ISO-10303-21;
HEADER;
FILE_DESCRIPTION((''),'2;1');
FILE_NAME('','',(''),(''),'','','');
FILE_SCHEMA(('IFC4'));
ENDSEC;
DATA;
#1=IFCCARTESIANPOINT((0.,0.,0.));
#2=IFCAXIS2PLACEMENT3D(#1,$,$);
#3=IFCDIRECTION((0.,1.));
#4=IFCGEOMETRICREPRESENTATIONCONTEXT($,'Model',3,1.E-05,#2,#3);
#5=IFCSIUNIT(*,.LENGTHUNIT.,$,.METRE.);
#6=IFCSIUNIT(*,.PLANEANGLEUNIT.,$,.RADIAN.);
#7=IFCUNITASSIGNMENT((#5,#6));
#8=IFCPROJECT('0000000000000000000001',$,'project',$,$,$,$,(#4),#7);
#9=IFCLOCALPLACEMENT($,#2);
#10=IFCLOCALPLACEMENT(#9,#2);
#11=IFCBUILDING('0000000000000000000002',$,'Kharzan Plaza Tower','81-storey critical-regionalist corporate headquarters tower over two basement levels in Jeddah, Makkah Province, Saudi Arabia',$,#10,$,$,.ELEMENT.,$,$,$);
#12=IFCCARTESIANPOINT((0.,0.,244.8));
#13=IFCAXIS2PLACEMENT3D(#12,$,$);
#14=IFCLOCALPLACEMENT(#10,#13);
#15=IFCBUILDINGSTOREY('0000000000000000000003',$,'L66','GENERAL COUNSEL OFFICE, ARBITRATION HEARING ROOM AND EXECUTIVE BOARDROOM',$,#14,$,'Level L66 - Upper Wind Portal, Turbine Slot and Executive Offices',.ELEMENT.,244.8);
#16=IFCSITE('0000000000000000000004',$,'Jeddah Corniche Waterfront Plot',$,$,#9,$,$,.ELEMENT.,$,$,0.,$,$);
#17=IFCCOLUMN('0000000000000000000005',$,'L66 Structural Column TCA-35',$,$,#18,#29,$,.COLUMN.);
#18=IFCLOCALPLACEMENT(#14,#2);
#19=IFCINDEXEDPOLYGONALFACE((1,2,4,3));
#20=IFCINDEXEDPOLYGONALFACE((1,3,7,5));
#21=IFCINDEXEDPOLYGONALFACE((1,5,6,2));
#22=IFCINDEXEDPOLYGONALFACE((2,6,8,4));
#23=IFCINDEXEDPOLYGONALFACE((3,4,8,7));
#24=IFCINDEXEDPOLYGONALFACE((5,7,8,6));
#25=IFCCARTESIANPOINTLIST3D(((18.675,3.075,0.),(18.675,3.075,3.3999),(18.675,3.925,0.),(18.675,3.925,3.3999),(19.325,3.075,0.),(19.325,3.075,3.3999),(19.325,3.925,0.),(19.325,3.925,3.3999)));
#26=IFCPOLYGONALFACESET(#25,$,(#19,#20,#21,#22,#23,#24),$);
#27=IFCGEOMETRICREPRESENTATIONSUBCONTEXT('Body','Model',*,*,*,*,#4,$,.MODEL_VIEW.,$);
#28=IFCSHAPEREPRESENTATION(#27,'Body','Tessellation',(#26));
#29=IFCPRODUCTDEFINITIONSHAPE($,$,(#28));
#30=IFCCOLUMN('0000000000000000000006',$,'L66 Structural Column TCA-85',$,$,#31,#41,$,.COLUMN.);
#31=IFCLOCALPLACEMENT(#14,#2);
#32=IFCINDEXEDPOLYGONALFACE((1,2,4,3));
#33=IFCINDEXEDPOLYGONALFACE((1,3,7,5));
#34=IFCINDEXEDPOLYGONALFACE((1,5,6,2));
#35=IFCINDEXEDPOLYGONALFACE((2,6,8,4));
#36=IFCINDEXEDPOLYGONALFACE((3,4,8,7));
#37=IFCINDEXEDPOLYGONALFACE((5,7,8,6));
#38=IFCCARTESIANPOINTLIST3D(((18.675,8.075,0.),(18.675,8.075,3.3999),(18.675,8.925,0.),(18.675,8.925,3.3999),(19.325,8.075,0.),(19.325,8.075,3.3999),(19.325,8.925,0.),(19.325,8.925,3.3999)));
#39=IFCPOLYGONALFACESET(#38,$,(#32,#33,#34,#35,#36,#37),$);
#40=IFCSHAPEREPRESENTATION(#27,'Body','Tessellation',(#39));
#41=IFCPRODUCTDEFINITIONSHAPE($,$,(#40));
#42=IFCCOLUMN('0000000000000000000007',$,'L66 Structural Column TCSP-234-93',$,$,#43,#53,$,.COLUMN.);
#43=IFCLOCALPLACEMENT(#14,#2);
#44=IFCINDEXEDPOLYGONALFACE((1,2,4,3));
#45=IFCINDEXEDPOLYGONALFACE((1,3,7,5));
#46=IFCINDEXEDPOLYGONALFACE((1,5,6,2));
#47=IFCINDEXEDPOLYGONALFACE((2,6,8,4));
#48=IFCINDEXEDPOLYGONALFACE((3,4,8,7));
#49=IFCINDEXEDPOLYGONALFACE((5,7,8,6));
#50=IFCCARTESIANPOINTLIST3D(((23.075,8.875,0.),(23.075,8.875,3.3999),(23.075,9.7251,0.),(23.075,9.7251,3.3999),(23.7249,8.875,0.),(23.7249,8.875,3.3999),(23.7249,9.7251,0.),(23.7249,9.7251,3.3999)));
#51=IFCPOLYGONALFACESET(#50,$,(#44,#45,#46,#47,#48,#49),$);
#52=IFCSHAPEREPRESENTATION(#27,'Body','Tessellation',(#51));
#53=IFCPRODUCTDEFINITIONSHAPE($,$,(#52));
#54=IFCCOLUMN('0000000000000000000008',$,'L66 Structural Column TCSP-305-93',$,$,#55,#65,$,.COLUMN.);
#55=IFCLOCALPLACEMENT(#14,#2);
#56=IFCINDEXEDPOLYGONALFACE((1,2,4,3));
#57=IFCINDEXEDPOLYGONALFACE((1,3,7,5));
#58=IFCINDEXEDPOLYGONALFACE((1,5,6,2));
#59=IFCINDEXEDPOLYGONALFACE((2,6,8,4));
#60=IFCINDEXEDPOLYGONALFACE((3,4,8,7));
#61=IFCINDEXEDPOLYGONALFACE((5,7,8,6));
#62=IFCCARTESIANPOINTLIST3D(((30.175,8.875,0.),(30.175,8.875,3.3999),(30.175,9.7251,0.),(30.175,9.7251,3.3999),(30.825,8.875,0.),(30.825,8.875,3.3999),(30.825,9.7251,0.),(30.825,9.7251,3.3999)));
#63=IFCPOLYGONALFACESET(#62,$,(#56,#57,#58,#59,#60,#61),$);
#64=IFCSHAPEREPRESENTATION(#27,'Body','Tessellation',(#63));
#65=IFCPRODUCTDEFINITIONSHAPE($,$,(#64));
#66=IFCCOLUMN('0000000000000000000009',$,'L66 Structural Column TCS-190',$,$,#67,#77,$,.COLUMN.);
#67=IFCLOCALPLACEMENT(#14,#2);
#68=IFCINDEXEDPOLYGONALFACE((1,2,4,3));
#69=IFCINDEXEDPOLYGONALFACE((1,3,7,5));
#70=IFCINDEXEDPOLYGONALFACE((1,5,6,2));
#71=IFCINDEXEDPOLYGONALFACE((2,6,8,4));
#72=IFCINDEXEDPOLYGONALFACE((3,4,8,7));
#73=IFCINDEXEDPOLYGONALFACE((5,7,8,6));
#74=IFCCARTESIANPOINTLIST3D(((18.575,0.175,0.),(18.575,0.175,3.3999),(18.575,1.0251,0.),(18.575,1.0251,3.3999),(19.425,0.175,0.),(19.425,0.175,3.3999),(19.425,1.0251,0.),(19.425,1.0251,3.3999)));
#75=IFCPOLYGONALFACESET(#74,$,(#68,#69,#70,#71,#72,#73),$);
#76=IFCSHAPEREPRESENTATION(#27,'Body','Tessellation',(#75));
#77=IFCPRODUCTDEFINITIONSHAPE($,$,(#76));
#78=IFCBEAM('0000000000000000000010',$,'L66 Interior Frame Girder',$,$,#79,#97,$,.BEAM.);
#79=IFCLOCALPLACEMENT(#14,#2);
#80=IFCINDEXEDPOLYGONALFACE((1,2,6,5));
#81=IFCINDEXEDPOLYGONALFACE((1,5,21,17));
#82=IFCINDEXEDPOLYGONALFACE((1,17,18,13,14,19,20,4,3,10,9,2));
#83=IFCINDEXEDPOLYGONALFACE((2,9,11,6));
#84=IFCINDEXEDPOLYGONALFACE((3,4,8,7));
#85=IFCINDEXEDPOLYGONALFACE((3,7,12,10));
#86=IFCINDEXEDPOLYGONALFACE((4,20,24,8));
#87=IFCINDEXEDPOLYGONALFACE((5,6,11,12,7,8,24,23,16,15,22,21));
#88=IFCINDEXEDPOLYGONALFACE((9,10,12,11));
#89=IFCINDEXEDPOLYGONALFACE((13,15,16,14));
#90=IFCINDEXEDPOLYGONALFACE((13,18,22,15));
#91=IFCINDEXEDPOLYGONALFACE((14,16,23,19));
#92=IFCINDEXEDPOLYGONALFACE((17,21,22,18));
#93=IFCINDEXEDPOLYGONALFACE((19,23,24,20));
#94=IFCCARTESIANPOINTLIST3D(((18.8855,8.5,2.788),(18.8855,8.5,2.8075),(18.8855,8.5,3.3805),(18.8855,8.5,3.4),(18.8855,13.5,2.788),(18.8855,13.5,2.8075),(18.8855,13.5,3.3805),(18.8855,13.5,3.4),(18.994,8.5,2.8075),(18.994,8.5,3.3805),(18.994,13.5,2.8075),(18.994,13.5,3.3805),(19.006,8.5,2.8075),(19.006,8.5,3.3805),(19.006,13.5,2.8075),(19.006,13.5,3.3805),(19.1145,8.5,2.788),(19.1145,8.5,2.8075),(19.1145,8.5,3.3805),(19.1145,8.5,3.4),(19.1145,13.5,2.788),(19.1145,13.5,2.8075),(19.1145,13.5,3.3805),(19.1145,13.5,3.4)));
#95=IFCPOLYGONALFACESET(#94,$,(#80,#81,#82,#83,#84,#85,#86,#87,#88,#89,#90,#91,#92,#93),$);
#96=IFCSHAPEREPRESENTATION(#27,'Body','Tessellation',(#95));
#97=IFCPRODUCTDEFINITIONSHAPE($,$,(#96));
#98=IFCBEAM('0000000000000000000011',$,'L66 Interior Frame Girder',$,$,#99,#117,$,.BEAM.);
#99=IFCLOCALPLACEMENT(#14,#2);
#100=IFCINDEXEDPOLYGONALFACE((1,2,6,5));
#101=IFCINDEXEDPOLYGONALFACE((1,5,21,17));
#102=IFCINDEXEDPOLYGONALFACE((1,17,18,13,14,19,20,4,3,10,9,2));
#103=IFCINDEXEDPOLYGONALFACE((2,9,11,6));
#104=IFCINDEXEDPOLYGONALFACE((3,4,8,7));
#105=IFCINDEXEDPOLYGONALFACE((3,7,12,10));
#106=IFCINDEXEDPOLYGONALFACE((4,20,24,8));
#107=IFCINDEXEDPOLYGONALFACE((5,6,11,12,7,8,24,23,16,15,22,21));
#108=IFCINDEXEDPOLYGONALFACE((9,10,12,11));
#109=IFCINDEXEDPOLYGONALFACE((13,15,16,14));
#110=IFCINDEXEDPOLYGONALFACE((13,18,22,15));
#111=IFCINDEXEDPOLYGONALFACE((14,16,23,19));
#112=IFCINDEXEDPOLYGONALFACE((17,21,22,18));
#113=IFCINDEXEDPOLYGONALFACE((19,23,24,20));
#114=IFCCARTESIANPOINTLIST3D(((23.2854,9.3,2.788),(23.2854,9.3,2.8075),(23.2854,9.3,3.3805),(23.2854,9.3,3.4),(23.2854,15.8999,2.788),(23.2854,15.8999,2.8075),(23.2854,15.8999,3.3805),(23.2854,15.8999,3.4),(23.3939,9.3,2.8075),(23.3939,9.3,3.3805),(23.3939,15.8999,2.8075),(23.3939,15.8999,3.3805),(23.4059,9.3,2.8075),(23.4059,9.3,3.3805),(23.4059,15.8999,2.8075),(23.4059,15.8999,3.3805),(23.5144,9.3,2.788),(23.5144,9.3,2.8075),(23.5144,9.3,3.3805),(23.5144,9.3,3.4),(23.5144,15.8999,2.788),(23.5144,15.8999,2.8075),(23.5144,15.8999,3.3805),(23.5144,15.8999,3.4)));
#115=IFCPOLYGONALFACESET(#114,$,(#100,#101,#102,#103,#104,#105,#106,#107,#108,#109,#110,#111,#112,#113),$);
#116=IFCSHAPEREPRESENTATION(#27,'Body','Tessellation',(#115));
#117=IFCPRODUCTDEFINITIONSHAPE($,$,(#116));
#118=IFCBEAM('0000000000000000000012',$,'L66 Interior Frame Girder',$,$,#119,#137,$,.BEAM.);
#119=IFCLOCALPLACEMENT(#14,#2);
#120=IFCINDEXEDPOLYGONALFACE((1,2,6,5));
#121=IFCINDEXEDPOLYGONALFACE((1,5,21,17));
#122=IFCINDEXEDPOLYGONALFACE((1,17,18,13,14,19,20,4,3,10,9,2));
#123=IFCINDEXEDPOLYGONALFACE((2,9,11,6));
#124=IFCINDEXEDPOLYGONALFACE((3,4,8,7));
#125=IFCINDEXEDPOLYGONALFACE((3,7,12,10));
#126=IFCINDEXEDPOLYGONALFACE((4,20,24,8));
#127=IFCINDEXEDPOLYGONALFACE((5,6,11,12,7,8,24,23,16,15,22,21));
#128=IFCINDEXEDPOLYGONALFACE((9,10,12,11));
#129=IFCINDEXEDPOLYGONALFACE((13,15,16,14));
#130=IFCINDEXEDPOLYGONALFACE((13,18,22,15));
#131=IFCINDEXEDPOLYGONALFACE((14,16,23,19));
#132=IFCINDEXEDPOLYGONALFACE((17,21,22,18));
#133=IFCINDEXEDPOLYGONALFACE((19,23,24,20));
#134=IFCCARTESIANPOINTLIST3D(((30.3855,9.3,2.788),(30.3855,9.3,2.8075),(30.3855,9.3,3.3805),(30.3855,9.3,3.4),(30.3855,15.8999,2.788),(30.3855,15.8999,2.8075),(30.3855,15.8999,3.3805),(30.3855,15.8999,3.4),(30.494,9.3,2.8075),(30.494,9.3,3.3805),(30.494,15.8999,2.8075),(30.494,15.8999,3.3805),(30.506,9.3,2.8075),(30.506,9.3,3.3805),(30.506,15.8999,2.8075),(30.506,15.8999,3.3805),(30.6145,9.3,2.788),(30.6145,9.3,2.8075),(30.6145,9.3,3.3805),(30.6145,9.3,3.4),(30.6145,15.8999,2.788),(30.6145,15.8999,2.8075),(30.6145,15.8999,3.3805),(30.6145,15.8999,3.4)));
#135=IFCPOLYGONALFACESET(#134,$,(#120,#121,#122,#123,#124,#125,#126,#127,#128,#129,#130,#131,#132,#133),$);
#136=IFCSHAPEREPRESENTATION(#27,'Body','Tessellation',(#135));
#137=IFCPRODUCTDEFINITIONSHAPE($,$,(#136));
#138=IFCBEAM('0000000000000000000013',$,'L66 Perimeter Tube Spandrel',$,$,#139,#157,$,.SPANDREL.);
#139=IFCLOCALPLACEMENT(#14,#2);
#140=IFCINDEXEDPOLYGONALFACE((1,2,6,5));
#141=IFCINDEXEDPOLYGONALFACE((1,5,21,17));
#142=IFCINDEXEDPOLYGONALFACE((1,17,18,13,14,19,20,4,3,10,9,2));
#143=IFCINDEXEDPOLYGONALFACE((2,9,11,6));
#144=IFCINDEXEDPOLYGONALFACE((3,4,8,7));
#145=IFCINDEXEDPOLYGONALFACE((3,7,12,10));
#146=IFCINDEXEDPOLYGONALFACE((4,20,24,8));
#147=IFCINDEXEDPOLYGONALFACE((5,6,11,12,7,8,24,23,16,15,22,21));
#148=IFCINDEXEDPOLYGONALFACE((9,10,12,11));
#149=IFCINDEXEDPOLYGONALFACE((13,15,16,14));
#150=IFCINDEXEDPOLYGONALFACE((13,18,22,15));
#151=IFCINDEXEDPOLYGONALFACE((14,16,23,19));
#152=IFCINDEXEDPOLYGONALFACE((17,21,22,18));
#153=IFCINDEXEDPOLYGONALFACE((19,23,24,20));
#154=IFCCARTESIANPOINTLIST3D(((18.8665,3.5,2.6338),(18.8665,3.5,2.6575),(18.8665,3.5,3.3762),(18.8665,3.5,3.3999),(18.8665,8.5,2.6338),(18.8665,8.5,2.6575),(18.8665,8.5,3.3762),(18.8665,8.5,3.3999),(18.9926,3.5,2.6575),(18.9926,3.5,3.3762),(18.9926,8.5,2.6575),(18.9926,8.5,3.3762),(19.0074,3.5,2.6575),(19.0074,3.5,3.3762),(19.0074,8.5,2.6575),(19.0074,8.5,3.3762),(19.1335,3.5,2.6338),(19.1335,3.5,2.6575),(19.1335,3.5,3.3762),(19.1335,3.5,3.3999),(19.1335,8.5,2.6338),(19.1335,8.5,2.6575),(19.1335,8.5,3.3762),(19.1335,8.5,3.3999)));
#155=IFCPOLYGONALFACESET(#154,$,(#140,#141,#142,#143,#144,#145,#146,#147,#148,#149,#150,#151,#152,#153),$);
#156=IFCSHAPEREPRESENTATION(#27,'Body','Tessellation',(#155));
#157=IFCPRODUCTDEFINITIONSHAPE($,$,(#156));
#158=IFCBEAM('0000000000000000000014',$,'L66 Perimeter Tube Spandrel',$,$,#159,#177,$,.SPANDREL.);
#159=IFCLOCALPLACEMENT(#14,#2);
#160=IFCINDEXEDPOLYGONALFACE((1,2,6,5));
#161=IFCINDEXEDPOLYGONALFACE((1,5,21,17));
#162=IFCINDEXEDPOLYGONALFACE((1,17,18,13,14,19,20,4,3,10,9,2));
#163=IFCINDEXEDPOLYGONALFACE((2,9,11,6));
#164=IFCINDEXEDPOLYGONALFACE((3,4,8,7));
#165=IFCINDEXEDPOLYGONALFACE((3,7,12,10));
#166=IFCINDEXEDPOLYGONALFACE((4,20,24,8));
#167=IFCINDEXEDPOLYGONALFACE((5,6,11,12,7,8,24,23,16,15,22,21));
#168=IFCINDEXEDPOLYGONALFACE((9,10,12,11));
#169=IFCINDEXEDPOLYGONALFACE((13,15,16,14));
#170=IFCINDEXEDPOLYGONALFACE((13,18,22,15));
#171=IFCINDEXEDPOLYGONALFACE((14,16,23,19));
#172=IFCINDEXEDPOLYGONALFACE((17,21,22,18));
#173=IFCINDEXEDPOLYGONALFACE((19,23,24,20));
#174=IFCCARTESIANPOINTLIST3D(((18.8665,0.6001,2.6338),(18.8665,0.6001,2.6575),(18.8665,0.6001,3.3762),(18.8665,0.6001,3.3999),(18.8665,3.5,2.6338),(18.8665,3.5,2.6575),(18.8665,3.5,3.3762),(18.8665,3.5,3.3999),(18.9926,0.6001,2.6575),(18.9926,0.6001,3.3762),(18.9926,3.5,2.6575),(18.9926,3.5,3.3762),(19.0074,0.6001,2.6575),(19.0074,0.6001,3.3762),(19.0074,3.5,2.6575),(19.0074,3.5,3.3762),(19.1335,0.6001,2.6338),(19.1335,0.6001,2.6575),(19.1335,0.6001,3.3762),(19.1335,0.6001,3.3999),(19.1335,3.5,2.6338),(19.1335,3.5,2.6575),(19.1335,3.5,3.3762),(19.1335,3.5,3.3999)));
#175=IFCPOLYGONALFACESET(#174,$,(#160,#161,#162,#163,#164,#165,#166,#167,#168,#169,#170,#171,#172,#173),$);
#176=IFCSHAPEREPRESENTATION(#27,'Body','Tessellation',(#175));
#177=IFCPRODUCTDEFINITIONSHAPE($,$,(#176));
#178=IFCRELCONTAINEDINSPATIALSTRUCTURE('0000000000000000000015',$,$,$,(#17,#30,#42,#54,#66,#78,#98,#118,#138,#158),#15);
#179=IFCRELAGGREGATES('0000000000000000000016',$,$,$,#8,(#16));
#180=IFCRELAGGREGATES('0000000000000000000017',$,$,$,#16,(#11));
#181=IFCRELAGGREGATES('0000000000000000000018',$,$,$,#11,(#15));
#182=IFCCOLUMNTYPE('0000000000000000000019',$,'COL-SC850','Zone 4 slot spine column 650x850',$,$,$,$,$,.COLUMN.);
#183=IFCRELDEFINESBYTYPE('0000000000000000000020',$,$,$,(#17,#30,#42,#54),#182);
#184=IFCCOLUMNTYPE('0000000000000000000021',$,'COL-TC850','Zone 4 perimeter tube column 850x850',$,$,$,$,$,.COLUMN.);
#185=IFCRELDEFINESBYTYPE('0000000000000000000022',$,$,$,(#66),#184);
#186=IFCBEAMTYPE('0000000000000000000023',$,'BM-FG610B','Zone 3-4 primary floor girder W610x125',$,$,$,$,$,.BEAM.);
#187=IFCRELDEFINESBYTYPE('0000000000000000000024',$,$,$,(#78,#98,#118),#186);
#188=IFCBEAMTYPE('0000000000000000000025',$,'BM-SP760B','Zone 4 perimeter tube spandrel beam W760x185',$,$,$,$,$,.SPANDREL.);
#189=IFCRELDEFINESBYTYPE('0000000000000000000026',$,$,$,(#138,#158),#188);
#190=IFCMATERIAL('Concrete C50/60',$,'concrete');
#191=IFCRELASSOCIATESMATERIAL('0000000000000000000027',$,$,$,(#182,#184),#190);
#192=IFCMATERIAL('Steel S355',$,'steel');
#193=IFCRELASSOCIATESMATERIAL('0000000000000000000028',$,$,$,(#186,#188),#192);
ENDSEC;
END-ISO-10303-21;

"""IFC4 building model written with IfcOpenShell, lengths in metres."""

from ifc_helpers import new_model, si_unit, direction, frame, origin, origin_2d, place, context, subcontext, project, spatial, rectangle, i_section, extrude, source, transform, mapped, material, material_profile, profile_set, type_object, element, save


model = new_model("IFC4")

# Units and contexts
model_context = context("Model", 3, precision=1e-05, world=origin(), true_north=direction((0.0, 1.0)))
body_context = subcontext(model_context, "Body", "Model", "MODEL_VIEW")
ifc_project = project(units=[si_unit("LENGTHUNIT", "METRE"), si_unit("PLANEANGLEUNIT", "RADIAN")], contexts=[model_context])

# Site, building, storey
site_placement = place(None, origin())
site = spatial("IfcSite", under=ifc_project, at=site_placement, Name="Jeddah Corniche Waterfront Plot", CompositionType="ELEMENT", RefElevation=0.0)
building_placement = place(site_placement, origin())
building = spatial("IfcBuilding", under=site, at=building_placement, Name="Kharzan Plaza Tower", Description="81-storey critical-regionalist corporate headquarters tower over two basement levels in Jeddah, Makkah Province, Saudi Arabia", CompositionType="ELEMENT")
storey_placement = place(building_placement, frame((0.0, 0.0, 244.8)))
storey = spatial("IfcBuildingStorey", under=building, at=storey_placement, Name="L66", Description="GENERAL COUNSEL OFFICE, ARBITRATION HEARING ROOM AND EXECUTIVE BOARDROOM", LongName="Level L66 - Upper Wind Portal, Turbine Slot and Executive Offices", CompositionType="ELEMENT", Elevation=244.8)

# Columns
ifc_material_1 = material(Name="Concrete C50/60", Category="concrete")
ifc_material_profile_1 = material_profile(ifc_material_1, rectangle(XDim=0.6499, YDim=0.8501, at=origin_2d()), Name="RC-SC850x650")
ifc_profile_set_1 = profile_set([ifc_material_profile_1], Name="Concrete C50/60")
column_type_1 = type_object("IfcColumnType", Name="COL-SC850", Description="Zone 4 slot spine column 650x850", PredefinedType="COLUMN", material=ifc_profile_set_1)
shared_shape_1 = source(origin(), body_context, "Body", "SweptSolid", [
    extrude(rectangle(XDim=0.6499, YDim=0.8501, at=origin_2d()), origin(), (0.0, 0.0, 1.0), 3.3999),
])
for number, where, z_axis, x_axis, name in (
    (1, (19.0, 3.5, 0.0), (0.0, 0.0, 1.0), (1.0, 0.0, 0.0), "L66 Structural Column TCA-35"),
    (2, (19.0, 8.5, 0.0), (0.0, 0.0, 1.0), (1.0, 0.0, 0.0), "L66 Structural Column TCA-85"),
    (3, (23.3999, 9.3, 0.0), (0.0, 0.0, 1.0), (1.0, 0.0, 0.0), "L66 Structural Column TCSP-234-93"),
    (4, (30.5, 9.3, 0.0), (0.0, 0.0, 1.0), (1.0, 0.0, 0.0), "L66 Structural Column TCSP-305-93"),
):
    element("IfcColumn", number, at=place(storey_placement, frame(where, z_axis=z_axis, x_axis=x_axis)), inside=storey, type_object=column_type_1, Name=name, PredefinedType="COLUMN", context=body_context, shape_type="MappedRepresentation", body=[
        mapped(shared_shape_1, transform((0.0, 0.0, 0.0), x_axis=(1.0, 0.0, 0.0), y_axis=(0.0, 1.0, 0.0), z_axis=(0.0, 0.0, 1.0))),
    ])
ifc_material_profile_2 = material_profile(ifc_material_1, rectangle(XDim=0.8501, YDim=0.8501, at=origin_2d()), Name="RC-TC850x850")
ifc_profile_set_2 = profile_set([ifc_material_profile_2], Name="Concrete C50/60")
column_type_2 = type_object("IfcColumnType", Name="COL-TC850", Description="Zone 4 perimeter tube column 850x850", PredefinedType="COLUMN", material=ifc_profile_set_2)
shared_shape_2 = source(origin(), body_context, "Body", "SweptSolid", [
    extrude(rectangle(XDim=0.8501, YDim=0.8501, at=origin_2d()), origin(), (0.0, 0.0, 1.0), 3.3999),
])
column_placement = place(storey_placement, frame((19.0, 0.6001, 0.0), z_axis=(0.0, 0.0, 1.0), x_axis=(1.0, 0.0, 0.0)))
element("IfcColumn", 5, at=column_placement, inside=storey, type_object=column_type_2, Name="L66 Structural Column TCS-190", PredefinedType="COLUMN", context=body_context, shape_type="MappedRepresentation", body=[
    mapped(shared_shape_2, transform((0.0, 0.0, 0.0), x_axis=(1.0, 0.0, 0.0), y_axis=(0.0, 1.0, 0.0), z_axis=(0.0, 0.0, 1.0))),
])

# Beams
ifc_material_2 = material(Name="Steel S355", Category="steel")
ifc_material_profile_3 = material_profile(ifc_material_2, i_section(OverallWidth=0.229, OverallDepth=0.6121, WebThickness=0.012, FlangeThickness=0.0195, at=origin_2d()), Name="W610x125")
ifc_profile_set_3 = profile_set([ifc_material_profile_3], Name="Steel S355")
beam_type_1 = type_object("IfcBeamType", Name="BM-FG610B", Description="Zone 3-4 primary floor girder W610x125", PredefinedType="BEAM", material=ifc_profile_set_3)
shared_shape_3 = source(origin(), body_context, "Body", "SweptSolid", [
    extrude(i_section(OverallWidth=0.229, OverallDepth=0.6121, WebThickness=0.012, FlangeThickness=0.0195, at=origin_2d()), origin(), (0.0, 0.0, 1.0), 5.0),
])
beam_1_placement = place(storey_placement, frame((19.0, 8.5, 3.094), z_axis=(0.0, 1.0, 0.0), x_axis=(-1.0, 0.0, 0.0)))
element("IfcBeam", 6, at=beam_1_placement, inside=storey, type_object=beam_type_1, Name="L66 Interior Frame Girder", PredefinedType="BEAM", context=body_context, shape_type="MappedRepresentation", body=[
    mapped(shared_shape_3, transform((0.0, 0.0, 0.0), x_axis=(1.0, 0.0, 0.0), y_axis=(0.0, 1.0, 0.0), z_axis=(0.0, 0.0, 1.0))),
])
shared_shape_4 = source(origin(), body_context, "Body", "SweptSolid", [
    extrude(i_section(OverallWidth=0.229, OverallDepth=0.6121, WebThickness=0.012, FlangeThickness=0.0195, at=origin_2d()), origin(), (0.0, 0.0, 1.0), 6.5999),
])
for number, where, z_axis, x_axis, name in (
    (7, (23.3999, 9.3, 3.094), (0.0, 1.0, 0.0), (-1.0, 0.0, 0.0), "L66 Interior Frame Girder"),
    (8, (30.5, 9.3, 3.094), (0.0, 1.0, 0.0), (-1.0, 0.0, 0.0), "L66 Interior Frame Girder"),
):
    element("IfcBeam", number, at=place(storey_placement, frame(where, z_axis=z_axis, x_axis=x_axis)), inside=storey, type_object=beam_type_1, Name=name, PredefinedType="BEAM", context=body_context, shape_type="MappedRepresentation", body=[
        mapped(shared_shape_4, transform((0.0, 0.0, 0.0), x_axis=(1.0, 0.0, 0.0), y_axis=(0.0, 1.0, 0.0), z_axis=(0.0, 0.0, 1.0))),
    ])
ifc_material_profile_4 = material_profile(ifc_material_2, i_section(OverallWidth=0.2671, OverallDepth=0.7661, WebThickness=0.0149, FlangeThickness=0.0237, at=origin_2d()), Name="W760x185")
ifc_profile_set_4 = profile_set([ifc_material_profile_4], Name="Steel S355")
beam_type_2 = type_object("IfcBeamType", Name="BM-SP760B", Description="Zone 4 perimeter tube spandrel beam W760x185", PredefinedType="SPANDREL", material=ifc_profile_set_4)
shared_shape_5 = source(origin(), body_context, "Body", "SweptSolid", [
    extrude(i_section(OverallWidth=0.2671, OverallDepth=0.7661, WebThickness=0.0149, FlangeThickness=0.0237, at=origin_2d()), origin(), (0.0, 0.0, 1.0), 5.0),
])
beam_2_placement = place(storey_placement, frame((19.0, 3.5, 3.0168), z_axis=(0.0, 1.0, 0.0), x_axis=(-1.0, 0.0, 0.0)))
element("IfcBeam", 9, at=beam_2_placement, inside=storey, type_object=beam_type_2, Name="L66 Perimeter Tube Spandrel", PredefinedType="SPANDREL", context=body_context, shape_type="MappedRepresentation", body=[
    mapped(shared_shape_5, transform((0.0, 0.0, 0.0), x_axis=(1.0, 0.0, 0.0), y_axis=(0.0, 1.0, 0.0), z_axis=(0.0, 0.0, 1.0))),
])
shared_shape_6 = source(origin(), body_context, "Body", "SweptSolid", [
    extrude(i_section(OverallWidth=0.2671, OverallDepth=0.7661, WebThickness=0.0149, FlangeThickness=0.0237, at=origin_2d()), origin(), (0.0, 0.0, 1.0), 2.8999),
])
beam_3_placement = place(storey_placement, frame((19.0, 0.6001, 3.0168), z_axis=(0.0, 1.0, 0.0), x_axis=(-1.0, 0.0, 0.0)))
element("IfcBeam", 10, at=beam_3_placement, inside=storey, type_object=beam_type_2, Name="L66 Perimeter Tube Spandrel", PredefinedType="SPANDREL", context=body_context, shape_type="MappedRepresentation", body=[
    mapped(shared_shape_6, transform((0.0, 0.0, 0.0), x_axis=(1.0, 0.0, 0.0), y_axis=(0.0, 1.0, 0.0), z_axis=(0.0, 0.0, 1.0))),
])

save(model, "model.ifc")
